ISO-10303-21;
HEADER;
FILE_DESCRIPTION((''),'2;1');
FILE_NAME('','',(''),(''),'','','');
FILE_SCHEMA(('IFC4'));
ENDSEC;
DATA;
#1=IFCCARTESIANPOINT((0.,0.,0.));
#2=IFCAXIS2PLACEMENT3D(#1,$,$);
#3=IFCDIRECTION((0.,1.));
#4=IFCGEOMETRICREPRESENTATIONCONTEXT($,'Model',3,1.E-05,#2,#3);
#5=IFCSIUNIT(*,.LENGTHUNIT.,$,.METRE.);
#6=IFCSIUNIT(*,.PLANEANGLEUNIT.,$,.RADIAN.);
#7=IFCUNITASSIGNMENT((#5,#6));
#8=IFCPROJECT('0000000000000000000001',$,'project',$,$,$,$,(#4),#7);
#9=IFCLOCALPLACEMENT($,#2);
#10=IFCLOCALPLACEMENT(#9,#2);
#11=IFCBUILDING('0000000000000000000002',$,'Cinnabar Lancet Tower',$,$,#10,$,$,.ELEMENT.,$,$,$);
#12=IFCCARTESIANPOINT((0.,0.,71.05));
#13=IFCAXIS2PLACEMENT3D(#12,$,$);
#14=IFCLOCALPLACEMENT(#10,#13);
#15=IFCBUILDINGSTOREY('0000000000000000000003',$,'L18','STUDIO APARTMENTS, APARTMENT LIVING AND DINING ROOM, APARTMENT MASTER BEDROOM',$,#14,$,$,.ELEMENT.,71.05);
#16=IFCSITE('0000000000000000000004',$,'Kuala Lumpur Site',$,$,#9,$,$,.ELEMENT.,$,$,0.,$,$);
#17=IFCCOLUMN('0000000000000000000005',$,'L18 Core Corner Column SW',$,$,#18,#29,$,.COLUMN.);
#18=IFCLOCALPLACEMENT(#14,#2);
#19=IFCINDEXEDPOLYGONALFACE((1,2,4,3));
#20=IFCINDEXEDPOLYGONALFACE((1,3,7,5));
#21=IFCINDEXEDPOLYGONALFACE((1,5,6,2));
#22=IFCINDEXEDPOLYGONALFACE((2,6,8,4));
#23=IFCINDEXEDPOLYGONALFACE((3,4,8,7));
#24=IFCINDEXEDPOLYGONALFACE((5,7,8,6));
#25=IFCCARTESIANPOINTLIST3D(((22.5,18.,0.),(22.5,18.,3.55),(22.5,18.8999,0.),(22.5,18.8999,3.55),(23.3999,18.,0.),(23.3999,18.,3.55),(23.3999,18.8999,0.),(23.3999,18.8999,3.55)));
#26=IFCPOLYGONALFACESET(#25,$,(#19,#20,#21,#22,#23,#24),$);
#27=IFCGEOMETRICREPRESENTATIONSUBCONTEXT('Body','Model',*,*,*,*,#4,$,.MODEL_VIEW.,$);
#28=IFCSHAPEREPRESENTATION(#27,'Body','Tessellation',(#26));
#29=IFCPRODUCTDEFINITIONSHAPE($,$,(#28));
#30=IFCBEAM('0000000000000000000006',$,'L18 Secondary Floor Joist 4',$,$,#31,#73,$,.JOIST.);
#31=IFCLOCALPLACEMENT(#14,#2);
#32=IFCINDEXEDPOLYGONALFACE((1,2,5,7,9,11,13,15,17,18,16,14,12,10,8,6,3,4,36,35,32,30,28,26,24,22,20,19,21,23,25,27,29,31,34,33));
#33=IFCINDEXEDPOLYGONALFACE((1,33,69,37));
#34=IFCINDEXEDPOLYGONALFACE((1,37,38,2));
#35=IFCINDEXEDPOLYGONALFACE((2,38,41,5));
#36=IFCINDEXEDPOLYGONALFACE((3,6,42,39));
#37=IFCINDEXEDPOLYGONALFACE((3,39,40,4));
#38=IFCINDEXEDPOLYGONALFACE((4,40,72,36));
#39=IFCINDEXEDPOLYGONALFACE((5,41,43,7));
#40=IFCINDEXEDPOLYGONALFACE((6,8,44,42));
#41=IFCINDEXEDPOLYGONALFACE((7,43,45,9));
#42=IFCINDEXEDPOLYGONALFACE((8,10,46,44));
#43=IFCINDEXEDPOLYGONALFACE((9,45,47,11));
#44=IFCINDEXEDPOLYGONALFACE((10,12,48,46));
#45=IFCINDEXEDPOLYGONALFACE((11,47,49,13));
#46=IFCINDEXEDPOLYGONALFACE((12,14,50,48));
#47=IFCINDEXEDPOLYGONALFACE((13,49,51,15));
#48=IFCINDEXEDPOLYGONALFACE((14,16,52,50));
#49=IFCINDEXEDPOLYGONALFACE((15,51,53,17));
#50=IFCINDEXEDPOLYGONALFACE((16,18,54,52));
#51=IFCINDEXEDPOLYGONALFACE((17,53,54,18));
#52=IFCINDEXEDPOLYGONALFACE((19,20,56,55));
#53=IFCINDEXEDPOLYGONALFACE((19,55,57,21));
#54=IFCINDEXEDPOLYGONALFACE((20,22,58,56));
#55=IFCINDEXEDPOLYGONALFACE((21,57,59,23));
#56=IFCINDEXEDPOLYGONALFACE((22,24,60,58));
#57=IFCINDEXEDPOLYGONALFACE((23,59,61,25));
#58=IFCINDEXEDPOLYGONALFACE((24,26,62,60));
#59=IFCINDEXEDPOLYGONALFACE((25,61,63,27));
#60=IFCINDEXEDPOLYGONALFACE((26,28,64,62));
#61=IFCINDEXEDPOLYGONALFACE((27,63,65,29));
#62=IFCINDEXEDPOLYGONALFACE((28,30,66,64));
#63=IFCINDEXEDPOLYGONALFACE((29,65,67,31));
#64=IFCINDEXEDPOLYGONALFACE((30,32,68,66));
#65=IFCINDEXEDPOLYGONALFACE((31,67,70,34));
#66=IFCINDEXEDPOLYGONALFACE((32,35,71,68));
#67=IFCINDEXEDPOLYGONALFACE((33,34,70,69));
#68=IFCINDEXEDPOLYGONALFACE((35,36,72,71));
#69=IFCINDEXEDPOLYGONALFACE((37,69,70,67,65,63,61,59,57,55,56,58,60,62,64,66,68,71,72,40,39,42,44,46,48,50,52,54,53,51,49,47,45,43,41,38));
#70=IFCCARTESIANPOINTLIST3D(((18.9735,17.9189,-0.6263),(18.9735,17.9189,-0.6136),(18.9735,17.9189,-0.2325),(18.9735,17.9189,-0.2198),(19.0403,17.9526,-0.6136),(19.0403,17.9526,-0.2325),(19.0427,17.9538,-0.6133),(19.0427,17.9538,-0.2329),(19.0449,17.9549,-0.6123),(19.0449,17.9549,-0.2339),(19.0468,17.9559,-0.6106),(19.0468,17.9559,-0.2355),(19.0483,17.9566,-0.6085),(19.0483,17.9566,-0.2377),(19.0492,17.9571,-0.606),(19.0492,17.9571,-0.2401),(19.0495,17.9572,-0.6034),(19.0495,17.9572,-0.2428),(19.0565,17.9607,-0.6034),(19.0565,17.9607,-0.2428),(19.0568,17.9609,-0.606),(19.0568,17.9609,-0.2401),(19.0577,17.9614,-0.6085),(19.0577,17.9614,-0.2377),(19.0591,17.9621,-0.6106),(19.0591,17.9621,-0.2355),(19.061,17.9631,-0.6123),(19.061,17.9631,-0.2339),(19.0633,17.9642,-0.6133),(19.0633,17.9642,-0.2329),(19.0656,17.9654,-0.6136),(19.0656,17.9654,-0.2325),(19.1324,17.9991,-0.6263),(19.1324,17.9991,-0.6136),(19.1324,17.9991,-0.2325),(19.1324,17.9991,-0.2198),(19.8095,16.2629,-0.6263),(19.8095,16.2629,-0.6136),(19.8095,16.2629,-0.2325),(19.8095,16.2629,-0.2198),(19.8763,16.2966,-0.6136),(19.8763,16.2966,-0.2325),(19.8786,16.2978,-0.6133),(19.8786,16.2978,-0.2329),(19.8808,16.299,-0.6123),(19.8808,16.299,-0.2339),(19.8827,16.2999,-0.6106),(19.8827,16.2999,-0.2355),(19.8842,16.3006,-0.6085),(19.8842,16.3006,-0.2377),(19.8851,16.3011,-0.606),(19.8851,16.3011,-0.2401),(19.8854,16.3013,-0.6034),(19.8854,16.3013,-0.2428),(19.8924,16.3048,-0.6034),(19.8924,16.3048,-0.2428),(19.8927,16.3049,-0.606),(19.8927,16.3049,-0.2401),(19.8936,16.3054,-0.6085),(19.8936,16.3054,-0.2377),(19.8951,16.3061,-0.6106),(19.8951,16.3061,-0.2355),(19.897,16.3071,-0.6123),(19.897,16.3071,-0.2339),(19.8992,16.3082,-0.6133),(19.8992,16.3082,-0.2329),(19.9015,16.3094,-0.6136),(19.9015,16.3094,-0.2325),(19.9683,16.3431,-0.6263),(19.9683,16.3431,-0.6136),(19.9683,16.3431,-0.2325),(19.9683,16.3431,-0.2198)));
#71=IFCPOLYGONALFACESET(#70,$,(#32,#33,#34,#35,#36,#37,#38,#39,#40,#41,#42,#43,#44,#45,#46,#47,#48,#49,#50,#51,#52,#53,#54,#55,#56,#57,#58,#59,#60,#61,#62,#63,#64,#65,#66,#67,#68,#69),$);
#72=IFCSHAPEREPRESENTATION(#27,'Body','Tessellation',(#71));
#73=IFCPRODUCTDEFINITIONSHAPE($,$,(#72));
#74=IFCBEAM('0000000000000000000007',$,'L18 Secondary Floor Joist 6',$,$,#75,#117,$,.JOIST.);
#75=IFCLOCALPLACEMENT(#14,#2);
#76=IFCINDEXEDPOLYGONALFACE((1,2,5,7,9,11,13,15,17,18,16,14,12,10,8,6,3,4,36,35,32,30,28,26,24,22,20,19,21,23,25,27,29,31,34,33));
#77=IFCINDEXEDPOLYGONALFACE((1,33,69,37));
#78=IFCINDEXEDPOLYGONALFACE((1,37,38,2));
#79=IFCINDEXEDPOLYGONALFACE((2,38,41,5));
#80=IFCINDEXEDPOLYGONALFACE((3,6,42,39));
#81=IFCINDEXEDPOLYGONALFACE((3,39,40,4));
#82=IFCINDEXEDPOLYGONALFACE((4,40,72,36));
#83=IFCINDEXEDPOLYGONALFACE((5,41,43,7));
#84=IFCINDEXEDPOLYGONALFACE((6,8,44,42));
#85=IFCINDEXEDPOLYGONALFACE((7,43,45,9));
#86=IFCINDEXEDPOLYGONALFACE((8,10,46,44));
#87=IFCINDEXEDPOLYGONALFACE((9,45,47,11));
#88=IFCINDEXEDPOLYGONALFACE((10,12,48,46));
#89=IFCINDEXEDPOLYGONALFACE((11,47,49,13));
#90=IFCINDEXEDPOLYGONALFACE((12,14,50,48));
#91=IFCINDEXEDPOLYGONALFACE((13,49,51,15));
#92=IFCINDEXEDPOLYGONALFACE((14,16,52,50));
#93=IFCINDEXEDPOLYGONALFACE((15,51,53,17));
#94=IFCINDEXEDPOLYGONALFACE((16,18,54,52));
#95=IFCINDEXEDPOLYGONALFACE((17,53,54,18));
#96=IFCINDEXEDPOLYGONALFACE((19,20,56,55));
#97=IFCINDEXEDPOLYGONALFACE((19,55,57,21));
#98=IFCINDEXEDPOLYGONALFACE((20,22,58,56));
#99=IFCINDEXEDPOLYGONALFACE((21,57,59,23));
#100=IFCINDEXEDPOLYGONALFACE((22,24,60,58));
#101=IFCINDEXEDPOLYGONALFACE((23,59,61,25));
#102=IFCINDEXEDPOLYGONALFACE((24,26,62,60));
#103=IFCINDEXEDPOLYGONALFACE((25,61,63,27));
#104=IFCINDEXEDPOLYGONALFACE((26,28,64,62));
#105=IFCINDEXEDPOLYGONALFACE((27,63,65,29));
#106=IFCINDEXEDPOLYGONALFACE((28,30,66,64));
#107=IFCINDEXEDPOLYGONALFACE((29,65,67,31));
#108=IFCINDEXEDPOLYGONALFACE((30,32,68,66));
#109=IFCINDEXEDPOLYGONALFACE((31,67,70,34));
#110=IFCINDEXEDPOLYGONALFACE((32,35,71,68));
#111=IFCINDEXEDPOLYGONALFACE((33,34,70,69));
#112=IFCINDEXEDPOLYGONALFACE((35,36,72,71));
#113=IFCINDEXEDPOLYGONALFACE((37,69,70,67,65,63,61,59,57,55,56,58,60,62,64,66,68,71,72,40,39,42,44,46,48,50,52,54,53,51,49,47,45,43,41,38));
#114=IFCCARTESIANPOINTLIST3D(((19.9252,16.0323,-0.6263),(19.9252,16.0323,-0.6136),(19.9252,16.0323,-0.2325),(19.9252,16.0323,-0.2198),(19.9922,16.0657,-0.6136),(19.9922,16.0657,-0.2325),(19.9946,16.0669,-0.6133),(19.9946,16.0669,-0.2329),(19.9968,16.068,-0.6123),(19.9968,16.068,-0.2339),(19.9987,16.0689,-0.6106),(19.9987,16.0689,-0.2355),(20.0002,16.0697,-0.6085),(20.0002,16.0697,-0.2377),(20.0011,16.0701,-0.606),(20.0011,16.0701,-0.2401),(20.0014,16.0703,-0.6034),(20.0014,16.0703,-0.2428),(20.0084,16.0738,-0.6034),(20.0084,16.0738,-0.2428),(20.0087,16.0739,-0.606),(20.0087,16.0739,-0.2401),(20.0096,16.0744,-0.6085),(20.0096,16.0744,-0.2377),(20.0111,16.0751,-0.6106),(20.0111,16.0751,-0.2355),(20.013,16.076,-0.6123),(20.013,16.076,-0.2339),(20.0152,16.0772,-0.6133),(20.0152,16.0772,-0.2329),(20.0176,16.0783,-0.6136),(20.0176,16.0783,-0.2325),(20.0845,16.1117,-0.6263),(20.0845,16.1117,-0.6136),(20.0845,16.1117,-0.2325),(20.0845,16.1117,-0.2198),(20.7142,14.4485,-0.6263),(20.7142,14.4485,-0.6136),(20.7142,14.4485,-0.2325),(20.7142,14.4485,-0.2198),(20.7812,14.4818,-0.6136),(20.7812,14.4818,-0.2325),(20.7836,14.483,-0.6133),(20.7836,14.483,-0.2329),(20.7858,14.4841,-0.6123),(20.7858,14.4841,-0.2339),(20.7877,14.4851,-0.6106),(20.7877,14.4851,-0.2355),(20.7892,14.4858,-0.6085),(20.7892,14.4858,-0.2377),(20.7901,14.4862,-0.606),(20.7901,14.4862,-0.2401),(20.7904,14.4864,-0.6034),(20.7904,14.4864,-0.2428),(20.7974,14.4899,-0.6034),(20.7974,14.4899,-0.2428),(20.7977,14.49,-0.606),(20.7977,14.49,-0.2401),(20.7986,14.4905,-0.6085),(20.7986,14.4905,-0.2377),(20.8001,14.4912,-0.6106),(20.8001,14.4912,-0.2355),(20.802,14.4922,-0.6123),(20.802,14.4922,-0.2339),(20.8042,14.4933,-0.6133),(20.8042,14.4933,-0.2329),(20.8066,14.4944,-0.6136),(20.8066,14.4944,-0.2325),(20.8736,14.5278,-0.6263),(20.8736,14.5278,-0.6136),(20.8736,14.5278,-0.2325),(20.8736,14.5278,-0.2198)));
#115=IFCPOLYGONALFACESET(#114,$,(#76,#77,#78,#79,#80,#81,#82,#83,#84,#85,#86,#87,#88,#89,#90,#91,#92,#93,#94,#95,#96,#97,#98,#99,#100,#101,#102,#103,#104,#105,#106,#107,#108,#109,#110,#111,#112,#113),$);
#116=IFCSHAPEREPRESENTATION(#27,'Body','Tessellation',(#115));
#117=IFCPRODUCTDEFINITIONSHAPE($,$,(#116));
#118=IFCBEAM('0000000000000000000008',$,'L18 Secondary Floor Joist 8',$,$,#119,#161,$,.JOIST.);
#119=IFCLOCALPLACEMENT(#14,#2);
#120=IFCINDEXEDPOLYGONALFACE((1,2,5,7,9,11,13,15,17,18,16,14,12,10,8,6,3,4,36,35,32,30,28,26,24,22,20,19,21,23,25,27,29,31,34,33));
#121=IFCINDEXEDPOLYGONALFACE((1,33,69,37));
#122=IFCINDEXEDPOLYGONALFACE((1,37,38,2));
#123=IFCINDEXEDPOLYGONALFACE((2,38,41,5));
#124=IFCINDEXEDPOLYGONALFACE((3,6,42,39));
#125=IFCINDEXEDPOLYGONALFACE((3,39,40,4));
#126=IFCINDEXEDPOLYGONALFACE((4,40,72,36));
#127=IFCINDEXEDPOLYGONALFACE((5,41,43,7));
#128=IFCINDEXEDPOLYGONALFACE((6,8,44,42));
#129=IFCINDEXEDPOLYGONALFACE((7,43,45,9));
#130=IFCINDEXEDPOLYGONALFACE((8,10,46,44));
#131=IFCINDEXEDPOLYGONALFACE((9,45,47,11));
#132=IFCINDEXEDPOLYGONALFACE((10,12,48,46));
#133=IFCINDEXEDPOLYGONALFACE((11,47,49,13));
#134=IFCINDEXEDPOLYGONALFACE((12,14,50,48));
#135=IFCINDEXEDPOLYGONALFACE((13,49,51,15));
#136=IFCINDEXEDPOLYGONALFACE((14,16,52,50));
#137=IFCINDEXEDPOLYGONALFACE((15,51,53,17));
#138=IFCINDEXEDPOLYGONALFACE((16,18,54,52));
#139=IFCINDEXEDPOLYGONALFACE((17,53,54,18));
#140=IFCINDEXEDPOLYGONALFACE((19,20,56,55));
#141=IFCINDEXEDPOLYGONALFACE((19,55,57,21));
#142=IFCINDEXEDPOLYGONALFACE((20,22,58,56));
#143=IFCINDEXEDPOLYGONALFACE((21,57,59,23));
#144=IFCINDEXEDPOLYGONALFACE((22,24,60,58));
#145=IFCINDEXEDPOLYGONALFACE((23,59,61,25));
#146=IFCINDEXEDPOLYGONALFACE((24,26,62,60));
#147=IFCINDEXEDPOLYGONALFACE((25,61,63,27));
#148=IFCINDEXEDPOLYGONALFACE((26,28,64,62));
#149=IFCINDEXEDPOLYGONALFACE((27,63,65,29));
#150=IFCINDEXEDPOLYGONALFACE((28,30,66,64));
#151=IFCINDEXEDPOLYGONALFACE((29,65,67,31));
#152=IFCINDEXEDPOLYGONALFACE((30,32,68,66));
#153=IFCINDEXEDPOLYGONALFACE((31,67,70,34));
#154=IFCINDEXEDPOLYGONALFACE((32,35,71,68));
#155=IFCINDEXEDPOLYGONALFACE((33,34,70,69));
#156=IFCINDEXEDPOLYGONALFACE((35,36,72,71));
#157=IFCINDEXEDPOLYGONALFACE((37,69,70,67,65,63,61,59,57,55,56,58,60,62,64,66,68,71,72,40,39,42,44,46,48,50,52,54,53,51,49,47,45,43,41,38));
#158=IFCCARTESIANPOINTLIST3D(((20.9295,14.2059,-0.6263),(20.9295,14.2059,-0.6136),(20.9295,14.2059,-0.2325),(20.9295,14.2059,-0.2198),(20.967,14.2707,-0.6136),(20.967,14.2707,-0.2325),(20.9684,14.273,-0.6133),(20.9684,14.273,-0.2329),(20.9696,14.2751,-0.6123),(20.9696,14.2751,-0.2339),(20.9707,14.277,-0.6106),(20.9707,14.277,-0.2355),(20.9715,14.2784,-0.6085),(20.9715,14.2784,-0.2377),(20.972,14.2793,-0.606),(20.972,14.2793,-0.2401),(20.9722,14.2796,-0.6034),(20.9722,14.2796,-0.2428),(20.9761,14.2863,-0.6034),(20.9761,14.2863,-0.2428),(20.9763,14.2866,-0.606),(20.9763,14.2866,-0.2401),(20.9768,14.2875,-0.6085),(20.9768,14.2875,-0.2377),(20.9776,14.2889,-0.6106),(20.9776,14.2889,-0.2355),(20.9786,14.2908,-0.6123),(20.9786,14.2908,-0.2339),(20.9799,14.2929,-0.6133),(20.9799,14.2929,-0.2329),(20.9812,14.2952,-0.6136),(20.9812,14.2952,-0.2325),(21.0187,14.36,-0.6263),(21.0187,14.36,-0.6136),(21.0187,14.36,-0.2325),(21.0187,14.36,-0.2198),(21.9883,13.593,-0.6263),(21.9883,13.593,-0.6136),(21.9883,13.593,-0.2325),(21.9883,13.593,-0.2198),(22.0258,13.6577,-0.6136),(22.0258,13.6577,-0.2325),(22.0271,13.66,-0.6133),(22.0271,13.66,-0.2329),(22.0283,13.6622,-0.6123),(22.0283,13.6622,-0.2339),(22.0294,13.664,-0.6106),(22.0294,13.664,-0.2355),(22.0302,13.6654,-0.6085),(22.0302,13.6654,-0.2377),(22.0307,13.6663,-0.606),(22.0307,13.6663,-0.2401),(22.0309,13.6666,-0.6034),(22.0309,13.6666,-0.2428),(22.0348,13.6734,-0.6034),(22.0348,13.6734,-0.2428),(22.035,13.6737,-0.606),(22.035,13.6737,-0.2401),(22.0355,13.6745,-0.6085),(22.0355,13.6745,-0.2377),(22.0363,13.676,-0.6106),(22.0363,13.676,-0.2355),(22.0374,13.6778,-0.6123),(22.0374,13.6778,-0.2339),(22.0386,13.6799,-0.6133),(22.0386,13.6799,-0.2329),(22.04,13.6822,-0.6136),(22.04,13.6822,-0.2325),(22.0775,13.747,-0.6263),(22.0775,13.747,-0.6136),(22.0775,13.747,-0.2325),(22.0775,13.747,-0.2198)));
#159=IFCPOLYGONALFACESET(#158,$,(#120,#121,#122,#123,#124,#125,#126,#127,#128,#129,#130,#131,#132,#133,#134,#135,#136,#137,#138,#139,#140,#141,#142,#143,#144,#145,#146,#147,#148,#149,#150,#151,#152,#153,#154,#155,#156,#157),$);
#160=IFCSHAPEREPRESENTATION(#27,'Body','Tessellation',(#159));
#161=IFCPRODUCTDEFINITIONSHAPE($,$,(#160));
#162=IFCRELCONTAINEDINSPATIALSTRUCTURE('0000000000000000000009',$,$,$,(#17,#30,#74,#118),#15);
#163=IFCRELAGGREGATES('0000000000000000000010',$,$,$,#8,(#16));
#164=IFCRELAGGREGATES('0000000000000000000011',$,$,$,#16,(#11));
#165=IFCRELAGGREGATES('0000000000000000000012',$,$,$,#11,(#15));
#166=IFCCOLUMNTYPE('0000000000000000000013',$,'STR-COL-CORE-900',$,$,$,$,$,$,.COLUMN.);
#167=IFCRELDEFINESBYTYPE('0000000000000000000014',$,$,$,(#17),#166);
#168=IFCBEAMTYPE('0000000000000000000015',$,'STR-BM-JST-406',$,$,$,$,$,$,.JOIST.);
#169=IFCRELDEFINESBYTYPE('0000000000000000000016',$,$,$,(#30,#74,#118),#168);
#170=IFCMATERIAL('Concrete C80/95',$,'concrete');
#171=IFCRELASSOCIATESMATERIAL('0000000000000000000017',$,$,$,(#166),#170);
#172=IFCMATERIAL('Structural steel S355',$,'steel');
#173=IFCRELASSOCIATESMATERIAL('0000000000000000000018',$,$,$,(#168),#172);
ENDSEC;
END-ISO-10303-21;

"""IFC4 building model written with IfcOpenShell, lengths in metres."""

from ifc_helpers import new_model, si_unit, direction, frame, origin, origin_2d, place, context, subcontext, project, spatial, rectangle, i_section, extrude, material, material_profile, profile_set, type_object, element, save


model = new_model("IFC4")

# Units and contexts
model_context = context("Model", 3, precision=1e-05, world=origin(), true_north=direction((0.0, 1.0)))
body_context = subcontext(model_context, "Body", "Model", "MODEL_VIEW")
ifc_project = project(units=[si_unit("LENGTHUNIT", "METRE"), si_unit("PLANEANGLEUNIT", "RADIAN")], contexts=[model_context])

# Site, building, storey
site_placement = place(None, origin())
site = spatial("IfcSite", under=ifc_project, at=site_placement, Name="Kuala Lumpur Site", CompositionType="ELEMENT", RefElevation=0.0)
building_placement = place(site_placement, origin())
building = spatial("IfcBuilding", under=site, at=building_placement, Name="Cinnabar Lancet Tower", CompositionType="ELEMENT")
storey_placement = place(building_placement, frame((0.0, 0.0, 71.05)))
storey = spatial("IfcBuildingStorey", under=building, at=storey_placement, Name="L18", Description="STUDIO APARTMENTS, APARTMENT LIVING AND DINING ROOM, APARTMENT MASTER BEDROOM", CompositionType="ELEMENT", Elevation=71.05)

# Column
ifc_material_1 = material(Name="Concrete C80/95", Category="concrete")
ifc_material_profile_1 = material_profile(ifc_material_1, rectangle(XDim=0.8999, YDim=0.8999, at=origin_2d()), Name="RC-COL 900x900")
ifc_profile_set_1 = profile_set([ifc_material_profile_1], Name="Concrete C80/95")
column_type = type_object("IfcColumnType", Name="STR-COL-CORE-900", PredefinedType="COLUMN", material=ifc_profile_set_1)
column_placement = place(storey_placement, frame((22.95, 18.45, 0.0), z_axis=(0.0, 0.0, 1.0), x_axis=(1.0, 0.0, 0.0)))
element("IfcColumn", 1, at=column_placement, inside=storey, type_object=column_type, Name="L18 Core Corner Column SW", PredefinedType="COLUMN", context=body_context, shape_type="SweptSolid", body=[
    extrude(rectangle(XDim=0.8999, YDim=0.8999, at=origin_2d()), origin(), (0.0, 0.0, 1.0), 3.55),
])

# Beams
ifc_material_2 = material(Name="Structural steel S355", Category="steel")
ifc_material_profile_2 = material_profile(ifc_material_2, i_section(OverallWidth=0.178, OverallDepth=0.4065, WebThickness=0.0078, FlangeThickness=0.0127, FilletRadius=0.0103, at=origin_2d()), Name="UKB 406x178x60")
ifc_profile_set_2 = profile_set([ifc_material_profile_2], Name="Structural steel S355")
beam_type = type_object("IfcBeamType", Name="STR-BM-JST-406", PredefinedType="JOIST", material=ifc_profile_set_2)
beam_1_placement = place(storey_placement, frame((19.053, 17.959, -0.4231), z_axis=(0.450632, -0.89271, 0.0), x_axis=(0.89271, 0.450632, 0.0)))
element("IfcBeam", 2, at=beam_1_placement, inside=storey, type_object=beam_type, Name="L18 Secondary Floor Joist 4", PredefinedType="JOIST", context=body_context, shape_type="SweptSolid", body=[
    extrude(i_section(OverallWidth=0.178, OverallDepth=0.4065, WebThickness=0.0078, FlangeThickness=0.0127, FilletRadius=0.0103, at=origin_2d()), origin(), (0.0, 0.0, 1.0), 1.855),
])
beam_2_placement = place(storey_placement, frame((20.0049, 16.072, -0.4231), z_axis=(0.445889, -0.895088, 0.0), x_axis=(0.895088, 0.445889, 0.0)))
element("IfcBeam", 3, at=beam_2_placement, inside=storey, type_object=beam_type, Name="L18 Secondary Floor Joist 6", PredefinedType="JOIST", context=body_context, shape_type="SweptSolid", body=[
    extrude(i_section(OverallWidth=0.178, OverallDepth=0.4065, WebThickness=0.0078, FlangeThickness=0.0127, FilletRadius=0.0103, at=origin_2d()), origin(), (0.0, 0.0, 1.0), 1.7695),
])
beam_3_placement = place(storey_placement, frame((20.9741, 14.283, -0.4231), z_axis=(0.865417, -0.501052, 0.0), x_axis=(0.501052, 0.865417, 0.0)))
element("IfcBeam", 4, at=beam_3_placement, inside=storey, type_object=beam_type, Name="L18 Secondary Floor Joist 8", PredefinedType="JOIST", context=body_context, shape_type="SweptSolid", body=[
    extrude(i_section(OverallWidth=0.178, OverallDepth=0.4065, WebThickness=0.0078, FlangeThickness=0.0127, FilletRadius=0.0103, at=origin_2d()), origin(), (0.0, 0.0, 1.0), 1.2234),
])

save(model, "model.ifc")
